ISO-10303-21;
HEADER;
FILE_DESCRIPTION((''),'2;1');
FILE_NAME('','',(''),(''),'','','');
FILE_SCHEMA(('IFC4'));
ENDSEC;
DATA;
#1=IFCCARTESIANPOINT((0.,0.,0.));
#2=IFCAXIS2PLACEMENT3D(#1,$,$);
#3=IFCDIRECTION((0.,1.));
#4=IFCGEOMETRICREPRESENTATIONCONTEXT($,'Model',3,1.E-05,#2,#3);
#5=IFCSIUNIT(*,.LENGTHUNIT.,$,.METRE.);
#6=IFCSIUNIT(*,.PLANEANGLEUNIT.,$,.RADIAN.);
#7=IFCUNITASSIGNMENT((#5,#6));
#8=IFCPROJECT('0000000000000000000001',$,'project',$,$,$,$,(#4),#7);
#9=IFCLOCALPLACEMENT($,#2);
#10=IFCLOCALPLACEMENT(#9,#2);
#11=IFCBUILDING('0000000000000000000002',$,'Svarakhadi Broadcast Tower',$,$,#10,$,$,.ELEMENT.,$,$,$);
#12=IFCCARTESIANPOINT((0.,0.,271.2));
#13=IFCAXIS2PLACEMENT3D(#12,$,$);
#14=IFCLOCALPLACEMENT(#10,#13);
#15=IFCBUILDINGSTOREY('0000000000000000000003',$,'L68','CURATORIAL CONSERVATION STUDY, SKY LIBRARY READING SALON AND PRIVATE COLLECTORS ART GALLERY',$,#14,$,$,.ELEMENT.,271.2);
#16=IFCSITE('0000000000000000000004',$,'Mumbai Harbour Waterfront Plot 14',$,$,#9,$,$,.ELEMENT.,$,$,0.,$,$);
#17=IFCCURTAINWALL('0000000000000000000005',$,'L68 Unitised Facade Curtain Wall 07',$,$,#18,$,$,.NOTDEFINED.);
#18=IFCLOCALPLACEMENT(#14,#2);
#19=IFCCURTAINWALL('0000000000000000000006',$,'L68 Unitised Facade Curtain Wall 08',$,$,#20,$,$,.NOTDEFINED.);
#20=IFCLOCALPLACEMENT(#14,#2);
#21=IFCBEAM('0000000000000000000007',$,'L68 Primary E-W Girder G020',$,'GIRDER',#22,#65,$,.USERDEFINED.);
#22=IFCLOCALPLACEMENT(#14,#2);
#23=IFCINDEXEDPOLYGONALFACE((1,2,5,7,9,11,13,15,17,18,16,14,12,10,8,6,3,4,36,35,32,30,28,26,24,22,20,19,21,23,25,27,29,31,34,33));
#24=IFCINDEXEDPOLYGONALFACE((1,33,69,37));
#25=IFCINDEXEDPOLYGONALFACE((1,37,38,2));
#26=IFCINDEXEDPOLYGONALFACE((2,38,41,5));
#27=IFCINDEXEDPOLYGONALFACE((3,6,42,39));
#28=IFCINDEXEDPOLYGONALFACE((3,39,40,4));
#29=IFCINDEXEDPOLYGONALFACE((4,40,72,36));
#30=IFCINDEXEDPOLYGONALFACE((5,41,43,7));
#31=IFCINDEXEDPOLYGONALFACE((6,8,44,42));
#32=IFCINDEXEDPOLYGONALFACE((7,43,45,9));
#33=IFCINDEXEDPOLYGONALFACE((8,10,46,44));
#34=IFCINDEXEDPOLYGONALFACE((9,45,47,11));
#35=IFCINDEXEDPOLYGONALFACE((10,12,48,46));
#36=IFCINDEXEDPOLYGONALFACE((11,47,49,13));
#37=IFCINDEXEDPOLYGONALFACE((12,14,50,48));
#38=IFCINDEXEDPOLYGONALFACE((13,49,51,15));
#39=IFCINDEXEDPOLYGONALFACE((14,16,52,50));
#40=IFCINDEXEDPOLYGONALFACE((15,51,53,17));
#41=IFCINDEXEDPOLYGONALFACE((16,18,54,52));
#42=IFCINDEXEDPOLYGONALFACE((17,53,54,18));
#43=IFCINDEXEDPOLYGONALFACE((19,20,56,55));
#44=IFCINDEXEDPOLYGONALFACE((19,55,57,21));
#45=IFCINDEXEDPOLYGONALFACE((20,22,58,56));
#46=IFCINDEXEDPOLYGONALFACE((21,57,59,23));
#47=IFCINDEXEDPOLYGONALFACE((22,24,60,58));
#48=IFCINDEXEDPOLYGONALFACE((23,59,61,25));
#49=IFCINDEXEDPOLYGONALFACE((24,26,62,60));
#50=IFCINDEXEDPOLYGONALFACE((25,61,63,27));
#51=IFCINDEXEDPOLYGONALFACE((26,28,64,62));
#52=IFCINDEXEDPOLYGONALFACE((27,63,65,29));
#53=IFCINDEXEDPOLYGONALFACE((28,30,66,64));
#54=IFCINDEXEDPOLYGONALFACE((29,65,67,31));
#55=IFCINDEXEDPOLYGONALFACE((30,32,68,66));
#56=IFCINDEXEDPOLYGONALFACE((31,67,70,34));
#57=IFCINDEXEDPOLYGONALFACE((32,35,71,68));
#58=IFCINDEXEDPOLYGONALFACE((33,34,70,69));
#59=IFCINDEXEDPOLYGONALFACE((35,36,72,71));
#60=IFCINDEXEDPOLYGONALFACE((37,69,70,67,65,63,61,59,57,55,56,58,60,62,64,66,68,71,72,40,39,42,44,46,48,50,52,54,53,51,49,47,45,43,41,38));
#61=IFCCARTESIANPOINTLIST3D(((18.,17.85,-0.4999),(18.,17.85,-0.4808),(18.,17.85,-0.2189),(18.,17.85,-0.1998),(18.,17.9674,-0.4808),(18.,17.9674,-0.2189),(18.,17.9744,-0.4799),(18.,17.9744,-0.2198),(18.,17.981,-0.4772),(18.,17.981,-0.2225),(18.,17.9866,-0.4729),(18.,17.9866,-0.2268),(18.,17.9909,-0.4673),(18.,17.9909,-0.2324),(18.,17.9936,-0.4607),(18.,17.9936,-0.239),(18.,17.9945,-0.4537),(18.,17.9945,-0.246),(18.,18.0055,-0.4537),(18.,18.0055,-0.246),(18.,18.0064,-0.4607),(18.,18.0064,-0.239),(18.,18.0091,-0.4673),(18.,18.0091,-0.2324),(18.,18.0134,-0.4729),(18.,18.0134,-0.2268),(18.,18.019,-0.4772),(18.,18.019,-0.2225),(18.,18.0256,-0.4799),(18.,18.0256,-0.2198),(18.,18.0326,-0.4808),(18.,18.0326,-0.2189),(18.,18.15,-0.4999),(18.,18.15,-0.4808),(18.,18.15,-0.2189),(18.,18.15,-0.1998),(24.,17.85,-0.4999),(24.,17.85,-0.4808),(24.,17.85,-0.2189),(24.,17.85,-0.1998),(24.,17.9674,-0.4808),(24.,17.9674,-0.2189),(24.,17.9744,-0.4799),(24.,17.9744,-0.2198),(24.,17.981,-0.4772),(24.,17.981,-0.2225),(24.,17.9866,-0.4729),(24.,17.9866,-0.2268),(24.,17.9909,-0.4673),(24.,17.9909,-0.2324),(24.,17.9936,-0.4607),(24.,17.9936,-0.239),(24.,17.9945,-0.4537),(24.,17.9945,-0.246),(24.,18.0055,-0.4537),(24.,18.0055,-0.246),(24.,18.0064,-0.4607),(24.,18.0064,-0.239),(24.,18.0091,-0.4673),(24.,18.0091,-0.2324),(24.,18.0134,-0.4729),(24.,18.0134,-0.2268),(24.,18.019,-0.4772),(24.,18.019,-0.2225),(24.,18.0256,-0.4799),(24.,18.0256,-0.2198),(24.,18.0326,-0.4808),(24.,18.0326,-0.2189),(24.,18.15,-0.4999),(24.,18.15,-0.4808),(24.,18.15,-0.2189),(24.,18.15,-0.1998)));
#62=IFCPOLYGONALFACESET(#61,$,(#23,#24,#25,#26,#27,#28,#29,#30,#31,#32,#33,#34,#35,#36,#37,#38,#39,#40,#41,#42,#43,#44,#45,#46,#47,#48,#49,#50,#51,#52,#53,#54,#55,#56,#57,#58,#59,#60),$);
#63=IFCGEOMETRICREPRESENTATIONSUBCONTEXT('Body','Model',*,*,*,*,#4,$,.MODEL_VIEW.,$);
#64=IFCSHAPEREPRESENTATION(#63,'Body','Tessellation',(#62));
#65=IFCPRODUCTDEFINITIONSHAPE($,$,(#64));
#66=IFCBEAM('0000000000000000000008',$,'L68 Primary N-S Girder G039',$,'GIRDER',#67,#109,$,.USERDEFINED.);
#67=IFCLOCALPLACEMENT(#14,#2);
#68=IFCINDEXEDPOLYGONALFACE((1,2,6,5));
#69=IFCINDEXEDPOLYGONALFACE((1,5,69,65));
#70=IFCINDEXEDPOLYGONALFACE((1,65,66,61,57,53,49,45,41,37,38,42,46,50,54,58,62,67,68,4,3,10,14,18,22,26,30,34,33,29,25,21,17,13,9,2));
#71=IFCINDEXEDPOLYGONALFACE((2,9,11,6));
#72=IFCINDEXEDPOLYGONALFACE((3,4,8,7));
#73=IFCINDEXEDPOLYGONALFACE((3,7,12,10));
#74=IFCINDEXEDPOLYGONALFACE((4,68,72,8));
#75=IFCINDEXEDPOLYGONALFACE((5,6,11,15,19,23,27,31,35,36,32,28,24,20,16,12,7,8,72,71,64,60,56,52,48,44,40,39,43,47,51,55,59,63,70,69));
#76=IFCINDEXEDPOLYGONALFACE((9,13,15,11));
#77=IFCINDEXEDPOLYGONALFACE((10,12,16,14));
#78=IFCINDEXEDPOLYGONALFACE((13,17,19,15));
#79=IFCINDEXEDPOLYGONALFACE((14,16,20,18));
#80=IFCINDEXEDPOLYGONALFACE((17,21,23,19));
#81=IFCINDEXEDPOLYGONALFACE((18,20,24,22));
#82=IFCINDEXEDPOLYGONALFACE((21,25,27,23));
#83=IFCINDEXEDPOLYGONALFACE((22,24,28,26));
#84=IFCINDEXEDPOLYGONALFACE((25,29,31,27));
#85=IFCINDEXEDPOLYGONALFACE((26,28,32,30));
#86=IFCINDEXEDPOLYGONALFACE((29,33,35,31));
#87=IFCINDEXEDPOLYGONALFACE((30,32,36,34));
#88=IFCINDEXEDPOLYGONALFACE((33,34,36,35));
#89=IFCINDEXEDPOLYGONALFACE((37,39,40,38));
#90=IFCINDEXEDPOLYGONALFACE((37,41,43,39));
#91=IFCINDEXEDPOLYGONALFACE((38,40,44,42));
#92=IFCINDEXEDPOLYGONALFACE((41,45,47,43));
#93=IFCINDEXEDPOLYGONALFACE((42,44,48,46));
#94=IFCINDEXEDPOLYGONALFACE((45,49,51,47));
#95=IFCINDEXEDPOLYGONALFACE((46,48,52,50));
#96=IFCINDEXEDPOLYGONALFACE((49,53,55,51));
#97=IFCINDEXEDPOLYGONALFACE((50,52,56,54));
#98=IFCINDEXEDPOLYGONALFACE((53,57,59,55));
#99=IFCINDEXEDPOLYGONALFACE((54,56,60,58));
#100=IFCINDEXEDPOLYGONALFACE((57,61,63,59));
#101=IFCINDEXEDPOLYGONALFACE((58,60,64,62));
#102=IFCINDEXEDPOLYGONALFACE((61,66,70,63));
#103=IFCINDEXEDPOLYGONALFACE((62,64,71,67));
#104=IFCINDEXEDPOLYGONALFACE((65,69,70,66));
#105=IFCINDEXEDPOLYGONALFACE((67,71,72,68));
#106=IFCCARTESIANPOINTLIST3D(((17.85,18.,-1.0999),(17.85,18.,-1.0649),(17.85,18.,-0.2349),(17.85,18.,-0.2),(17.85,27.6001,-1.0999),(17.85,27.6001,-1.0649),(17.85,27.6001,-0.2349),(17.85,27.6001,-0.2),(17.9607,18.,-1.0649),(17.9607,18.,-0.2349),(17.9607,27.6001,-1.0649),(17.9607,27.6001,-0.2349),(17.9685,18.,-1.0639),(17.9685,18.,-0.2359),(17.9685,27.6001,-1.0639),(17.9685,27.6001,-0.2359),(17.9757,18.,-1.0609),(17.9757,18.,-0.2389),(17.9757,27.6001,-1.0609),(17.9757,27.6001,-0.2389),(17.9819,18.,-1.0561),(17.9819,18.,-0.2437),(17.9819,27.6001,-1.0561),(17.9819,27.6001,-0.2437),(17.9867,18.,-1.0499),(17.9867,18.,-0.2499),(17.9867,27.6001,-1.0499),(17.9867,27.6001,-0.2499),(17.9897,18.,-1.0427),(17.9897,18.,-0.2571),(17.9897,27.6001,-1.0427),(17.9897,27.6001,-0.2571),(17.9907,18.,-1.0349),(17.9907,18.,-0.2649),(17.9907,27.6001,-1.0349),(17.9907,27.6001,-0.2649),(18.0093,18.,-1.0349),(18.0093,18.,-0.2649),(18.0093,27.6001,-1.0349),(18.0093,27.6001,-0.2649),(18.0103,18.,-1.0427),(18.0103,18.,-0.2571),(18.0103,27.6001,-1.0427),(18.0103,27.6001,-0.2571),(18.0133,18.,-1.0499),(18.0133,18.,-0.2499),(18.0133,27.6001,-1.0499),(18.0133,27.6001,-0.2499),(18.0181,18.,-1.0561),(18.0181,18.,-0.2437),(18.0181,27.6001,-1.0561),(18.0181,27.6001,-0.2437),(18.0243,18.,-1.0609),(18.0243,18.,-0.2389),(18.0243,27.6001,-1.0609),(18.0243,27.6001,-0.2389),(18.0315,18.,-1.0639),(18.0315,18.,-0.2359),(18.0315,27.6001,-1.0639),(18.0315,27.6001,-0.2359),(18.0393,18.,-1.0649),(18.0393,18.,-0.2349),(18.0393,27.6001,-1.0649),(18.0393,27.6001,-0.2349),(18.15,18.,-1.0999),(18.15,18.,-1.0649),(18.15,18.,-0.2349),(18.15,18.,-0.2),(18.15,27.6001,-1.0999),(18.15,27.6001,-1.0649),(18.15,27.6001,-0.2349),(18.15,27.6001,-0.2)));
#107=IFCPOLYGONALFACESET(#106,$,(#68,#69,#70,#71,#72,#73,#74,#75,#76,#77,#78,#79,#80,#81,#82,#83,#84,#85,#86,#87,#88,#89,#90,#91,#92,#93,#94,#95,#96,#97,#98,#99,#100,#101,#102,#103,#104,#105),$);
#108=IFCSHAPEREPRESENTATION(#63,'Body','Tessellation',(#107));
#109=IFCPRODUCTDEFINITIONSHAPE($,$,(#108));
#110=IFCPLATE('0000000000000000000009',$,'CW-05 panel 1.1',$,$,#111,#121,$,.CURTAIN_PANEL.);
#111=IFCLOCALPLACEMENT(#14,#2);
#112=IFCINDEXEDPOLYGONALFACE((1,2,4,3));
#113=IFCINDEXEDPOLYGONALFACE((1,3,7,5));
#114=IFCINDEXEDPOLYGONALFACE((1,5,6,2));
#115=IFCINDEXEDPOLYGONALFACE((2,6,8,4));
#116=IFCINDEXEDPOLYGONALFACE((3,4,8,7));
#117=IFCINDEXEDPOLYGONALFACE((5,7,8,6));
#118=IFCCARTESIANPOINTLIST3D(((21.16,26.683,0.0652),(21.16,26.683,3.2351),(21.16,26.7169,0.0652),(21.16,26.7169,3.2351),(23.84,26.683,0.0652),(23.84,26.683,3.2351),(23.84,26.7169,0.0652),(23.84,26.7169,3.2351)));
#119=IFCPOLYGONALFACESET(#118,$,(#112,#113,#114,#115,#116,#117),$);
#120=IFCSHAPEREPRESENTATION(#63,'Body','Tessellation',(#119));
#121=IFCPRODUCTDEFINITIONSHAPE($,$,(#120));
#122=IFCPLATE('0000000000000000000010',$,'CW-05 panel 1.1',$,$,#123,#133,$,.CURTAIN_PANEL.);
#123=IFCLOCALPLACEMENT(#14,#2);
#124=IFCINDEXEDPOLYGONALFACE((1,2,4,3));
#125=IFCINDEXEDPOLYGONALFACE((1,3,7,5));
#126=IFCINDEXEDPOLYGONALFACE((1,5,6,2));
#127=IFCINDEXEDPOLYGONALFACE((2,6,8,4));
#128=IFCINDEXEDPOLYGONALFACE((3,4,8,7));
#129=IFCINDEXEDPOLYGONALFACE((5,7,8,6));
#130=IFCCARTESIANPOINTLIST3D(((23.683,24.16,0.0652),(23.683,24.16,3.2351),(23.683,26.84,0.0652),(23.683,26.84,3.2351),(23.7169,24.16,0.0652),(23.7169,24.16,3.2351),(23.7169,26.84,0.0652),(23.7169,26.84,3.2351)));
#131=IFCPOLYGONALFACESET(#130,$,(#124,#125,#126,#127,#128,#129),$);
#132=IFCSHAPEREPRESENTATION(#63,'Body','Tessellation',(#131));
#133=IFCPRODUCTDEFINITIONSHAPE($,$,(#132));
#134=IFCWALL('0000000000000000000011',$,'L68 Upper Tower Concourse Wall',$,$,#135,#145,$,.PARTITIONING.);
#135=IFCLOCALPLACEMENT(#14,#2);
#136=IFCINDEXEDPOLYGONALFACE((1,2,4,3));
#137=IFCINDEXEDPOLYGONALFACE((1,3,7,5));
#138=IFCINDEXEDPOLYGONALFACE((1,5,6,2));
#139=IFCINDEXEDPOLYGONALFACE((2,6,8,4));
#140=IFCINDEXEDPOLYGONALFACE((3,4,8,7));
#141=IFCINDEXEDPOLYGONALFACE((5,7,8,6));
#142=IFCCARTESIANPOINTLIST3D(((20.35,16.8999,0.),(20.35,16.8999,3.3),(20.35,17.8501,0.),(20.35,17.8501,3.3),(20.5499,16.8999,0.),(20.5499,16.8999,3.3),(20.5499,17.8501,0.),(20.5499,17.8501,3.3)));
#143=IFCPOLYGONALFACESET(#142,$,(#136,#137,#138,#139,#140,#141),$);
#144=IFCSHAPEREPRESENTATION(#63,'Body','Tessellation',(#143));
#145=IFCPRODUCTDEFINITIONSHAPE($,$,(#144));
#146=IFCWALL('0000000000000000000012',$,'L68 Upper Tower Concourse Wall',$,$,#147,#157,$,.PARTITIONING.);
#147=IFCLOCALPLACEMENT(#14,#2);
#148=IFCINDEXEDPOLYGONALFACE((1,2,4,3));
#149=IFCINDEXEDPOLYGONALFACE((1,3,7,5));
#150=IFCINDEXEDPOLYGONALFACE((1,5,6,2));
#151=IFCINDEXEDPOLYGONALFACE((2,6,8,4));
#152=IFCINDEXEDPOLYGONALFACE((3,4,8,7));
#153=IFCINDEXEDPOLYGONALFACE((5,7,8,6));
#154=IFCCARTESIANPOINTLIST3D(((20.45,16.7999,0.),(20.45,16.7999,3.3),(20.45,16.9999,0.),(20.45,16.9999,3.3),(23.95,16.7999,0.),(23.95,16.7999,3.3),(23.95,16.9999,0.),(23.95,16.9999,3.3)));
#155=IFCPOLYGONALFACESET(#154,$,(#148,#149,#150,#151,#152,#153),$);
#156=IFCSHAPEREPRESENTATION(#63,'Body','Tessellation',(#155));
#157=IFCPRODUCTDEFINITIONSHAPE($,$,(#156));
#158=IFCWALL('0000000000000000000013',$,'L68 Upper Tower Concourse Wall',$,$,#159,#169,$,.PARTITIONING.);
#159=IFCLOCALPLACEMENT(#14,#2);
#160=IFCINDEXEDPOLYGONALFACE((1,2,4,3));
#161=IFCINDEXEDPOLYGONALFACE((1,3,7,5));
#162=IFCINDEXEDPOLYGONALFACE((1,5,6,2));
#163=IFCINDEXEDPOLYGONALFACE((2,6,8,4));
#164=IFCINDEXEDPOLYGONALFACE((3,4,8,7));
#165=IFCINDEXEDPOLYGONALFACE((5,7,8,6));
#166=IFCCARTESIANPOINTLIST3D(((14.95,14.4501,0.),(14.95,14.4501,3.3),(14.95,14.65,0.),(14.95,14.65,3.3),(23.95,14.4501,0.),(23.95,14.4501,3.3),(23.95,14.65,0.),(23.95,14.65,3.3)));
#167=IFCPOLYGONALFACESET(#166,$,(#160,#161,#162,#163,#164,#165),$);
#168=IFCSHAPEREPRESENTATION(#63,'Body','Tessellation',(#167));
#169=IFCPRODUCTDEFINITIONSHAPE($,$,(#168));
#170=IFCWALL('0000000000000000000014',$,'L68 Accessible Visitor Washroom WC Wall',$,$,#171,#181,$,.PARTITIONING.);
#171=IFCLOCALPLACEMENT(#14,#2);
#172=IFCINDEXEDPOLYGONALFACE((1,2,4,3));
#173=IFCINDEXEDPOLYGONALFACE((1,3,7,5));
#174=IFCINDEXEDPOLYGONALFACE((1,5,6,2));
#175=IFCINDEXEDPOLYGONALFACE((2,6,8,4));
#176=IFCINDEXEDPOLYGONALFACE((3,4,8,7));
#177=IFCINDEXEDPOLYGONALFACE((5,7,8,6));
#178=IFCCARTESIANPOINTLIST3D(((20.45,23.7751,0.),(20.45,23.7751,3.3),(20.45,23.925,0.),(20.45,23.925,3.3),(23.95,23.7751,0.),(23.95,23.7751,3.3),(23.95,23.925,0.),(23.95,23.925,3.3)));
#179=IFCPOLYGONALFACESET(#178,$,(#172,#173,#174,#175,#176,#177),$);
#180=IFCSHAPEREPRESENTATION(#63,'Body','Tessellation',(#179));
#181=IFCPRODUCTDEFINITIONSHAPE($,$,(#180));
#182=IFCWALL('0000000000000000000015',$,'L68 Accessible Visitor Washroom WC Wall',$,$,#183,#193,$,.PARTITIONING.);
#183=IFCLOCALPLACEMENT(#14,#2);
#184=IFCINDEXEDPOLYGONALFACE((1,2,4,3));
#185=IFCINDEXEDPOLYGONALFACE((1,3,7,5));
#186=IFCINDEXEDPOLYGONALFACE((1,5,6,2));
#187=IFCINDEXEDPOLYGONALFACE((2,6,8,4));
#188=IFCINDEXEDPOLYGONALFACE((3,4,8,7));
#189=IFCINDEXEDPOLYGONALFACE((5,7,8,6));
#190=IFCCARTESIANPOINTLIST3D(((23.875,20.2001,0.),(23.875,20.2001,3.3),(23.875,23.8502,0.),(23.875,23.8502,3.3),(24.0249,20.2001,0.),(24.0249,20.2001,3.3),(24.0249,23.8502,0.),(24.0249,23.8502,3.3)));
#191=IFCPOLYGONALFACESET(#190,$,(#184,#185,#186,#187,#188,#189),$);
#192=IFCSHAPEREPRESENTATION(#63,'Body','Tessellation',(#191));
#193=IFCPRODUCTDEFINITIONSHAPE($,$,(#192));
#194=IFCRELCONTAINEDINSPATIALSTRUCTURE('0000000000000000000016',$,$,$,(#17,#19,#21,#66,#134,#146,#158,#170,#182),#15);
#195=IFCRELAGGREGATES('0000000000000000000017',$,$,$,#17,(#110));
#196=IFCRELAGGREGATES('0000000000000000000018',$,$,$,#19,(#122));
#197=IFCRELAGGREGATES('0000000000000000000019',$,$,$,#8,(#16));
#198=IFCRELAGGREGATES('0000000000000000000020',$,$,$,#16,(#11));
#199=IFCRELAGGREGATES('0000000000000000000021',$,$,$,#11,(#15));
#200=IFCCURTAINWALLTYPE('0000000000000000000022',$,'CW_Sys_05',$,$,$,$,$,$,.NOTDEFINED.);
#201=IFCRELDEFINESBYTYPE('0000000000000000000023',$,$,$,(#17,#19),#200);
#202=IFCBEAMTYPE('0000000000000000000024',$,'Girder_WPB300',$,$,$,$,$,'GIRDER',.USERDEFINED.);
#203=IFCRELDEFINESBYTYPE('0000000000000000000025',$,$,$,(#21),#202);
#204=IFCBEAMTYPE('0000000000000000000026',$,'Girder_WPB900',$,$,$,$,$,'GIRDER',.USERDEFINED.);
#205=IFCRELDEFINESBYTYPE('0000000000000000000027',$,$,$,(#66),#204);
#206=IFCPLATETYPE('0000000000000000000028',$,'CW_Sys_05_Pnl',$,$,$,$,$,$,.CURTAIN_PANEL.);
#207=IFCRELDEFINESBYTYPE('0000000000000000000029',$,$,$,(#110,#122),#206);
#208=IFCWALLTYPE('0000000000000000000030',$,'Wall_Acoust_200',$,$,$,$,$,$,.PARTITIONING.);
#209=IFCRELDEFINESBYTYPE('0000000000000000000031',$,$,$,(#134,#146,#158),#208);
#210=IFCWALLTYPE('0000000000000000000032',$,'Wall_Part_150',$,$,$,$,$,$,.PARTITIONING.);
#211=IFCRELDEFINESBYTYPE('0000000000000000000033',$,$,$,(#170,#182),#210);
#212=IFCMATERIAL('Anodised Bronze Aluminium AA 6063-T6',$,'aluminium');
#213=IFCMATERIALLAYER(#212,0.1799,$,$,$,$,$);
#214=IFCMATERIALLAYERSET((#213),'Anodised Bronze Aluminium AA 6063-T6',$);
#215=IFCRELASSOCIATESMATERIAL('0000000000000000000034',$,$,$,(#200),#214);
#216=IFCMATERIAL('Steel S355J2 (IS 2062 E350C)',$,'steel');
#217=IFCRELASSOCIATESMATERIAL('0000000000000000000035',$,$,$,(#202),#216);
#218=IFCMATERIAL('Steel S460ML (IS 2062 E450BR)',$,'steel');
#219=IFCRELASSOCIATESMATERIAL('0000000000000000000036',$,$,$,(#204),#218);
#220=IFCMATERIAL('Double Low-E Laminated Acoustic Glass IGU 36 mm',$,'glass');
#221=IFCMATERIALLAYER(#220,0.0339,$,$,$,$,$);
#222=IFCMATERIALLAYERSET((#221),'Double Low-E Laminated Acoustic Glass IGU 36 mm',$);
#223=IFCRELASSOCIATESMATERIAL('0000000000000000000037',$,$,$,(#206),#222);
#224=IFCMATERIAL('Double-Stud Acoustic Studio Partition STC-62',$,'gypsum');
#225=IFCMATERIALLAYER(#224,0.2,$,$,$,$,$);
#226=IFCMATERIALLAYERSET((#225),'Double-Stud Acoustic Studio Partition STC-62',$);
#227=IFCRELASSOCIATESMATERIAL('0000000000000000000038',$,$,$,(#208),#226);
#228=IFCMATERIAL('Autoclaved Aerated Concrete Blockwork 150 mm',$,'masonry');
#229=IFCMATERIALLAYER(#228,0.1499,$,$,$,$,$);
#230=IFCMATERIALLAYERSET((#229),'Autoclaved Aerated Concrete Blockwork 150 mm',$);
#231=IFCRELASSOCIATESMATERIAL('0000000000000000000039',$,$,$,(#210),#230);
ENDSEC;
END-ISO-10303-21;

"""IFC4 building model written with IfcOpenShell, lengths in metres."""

from ifc_helpers import new_model, si_unit, direction, frame, frame_2d, origin, origin_2d, place, context, subcontext, project, spatial, rectangle, i_section, extrude, material, layer, layer_set, material_profile, profile_set, type_object, element, aggregate, save


model = new_model("IFC4")

# Units and contexts
model_context = context("Model", 3, precision=1e-05, world=origin(), true_north=direction((0.0, 1.0)))
body_context = subcontext(model_context, "Body", "Model", "MODEL_VIEW")
ifc_project = project(units=[si_unit("LENGTHUNIT", "METRE"), si_unit("PLANEANGLEUNIT", "RADIAN")], contexts=[model_context])

# Site, building, storey
site_placement = place(None, origin())
site = spatial("IfcSite", under=ifc_project, at=site_placement, Name="Mumbai Harbour Waterfront Plot 14", CompositionType="ELEMENT", RefElevation=0.0)
building_placement = place(site_placement, origin())
building = spatial("IfcBuilding", under=site, at=building_placement, Name="Svarakhadi Broadcast Tower", CompositionType="ELEMENT")
storey_placement = place(building_placement, frame((0.0, 0.0, 271.2)))
storey = spatial("IfcBuildingStorey", under=building, at=storey_placement, Name="L68", Description="CURATORIAL CONSERVATION STUDY, SKY LIBRARY READING SALON AND PRIVATE COLLECTORS ART GALLERY", CompositionType="ELEMENT", Elevation=271.2)

# Shared definitions
ifc_material_1 = material(Name="Steel S355J2 (IS 2062 E350C)", Category="steel")

# Curtain wall
ifc_material_2 = material(Name="Anodised Bronze Aluminium AA 6063-T6", Category="aluminium")
ifc_layer_1 = layer(ifc_material_2, 0.1799)
ifc_layer_set_1 = layer_set([ifc_layer_1], Name="Anodised Bronze Aluminium AA 6063-T6")
curtain_wall_type = type_object("IfcCurtainWallType", Name="CW_Sys_05", PredefinedType="NOTDEFINED", material=ifc_layer_set_1)
curtain_wall_1_placement = place(storey_placement, origin())
curtain_wall_1 = element("IfcCurtainWall", 1, at=curtain_wall_1_placement, inside=storey, type_object=curtain_wall_type, Name="L68 Unitised Facade Curtain Wall 07", PredefinedType="NOTDEFINED")

# Curtain wall
curtain_wall_2_placement = place(storey_placement, origin())
curtain_wall_2 = element("IfcCurtainWall", 2, at=curtain_wall_2_placement, inside=storey, type_object=curtain_wall_type, Name="L68 Unitised Facade Curtain Wall 08", PredefinedType="NOTDEFINED")

# Beams
ifc_material_profile_1 = material_profile(ifc_material_1, i_section(OverallWidth=0.3, OverallDepth=0.3, WebThickness=0.011, FlangeThickness=0.019, FilletRadius=0.0271, at=origin_2d()), Name="WPB 300x300x117")
ifc_profile_set_1 = profile_set([ifc_material_profile_1], Name="Steel S355J2 (IS 2062 E350C)")
beam_type_1 = type_object("IfcBeamType", Name="Girder_WPB300", ElementType="GIRDER", PredefinedType="USERDEFINED", material=ifc_profile_set_1)
beam_1_placement = place(storey_placement, frame((18.0, 18.0, -0.3499), z_axis=(1.0, 0.0, 0.0), x_axis=(0.0, 1.0, 0.0)))
element("IfcBeam", 3, at=beam_1_placement, inside=storey, type_object=beam_type_1, Name="L68 Primary E-W Girder G020", ObjectType="GIRDER", PredefinedType="USERDEFINED", context=body_context, shape_type="SweptSolid", body=[
    extrude(i_section(OverallWidth=0.3, OverallDepth=0.3, WebThickness=0.011, FlangeThickness=0.019, FilletRadius=0.0271, at=origin_2d()), origin(), (0.0, 0.0, 1.0), 6.0),
])
ifc_material_3 = material(Name="Steel S460ML (IS 2062 E450BR)", Category="steel")
ifc_material_profile_2 = material_profile(ifc_material_3, i_section(OverallWidth=0.3, OverallDepth=0.8999, WebThickness=0.0186, FlangeThickness=0.0349, FilletRadius=0.03, at=origin_2d()), Name="WPB 900x300x291")
ifc_profile_set_2 = profile_set([ifc_material_profile_2], Name="Steel S460ML (IS 2062 E450BR)")
beam_type_2 = type_object("IfcBeamType", Name="Girder_WPB900", ElementType="GIRDER", PredefinedType="USERDEFINED", material=ifc_profile_set_2)
beam_2_placement = place(storey_placement, frame((18.0, 18.0, -0.6499), z_axis=(0.0, 1.0, 0.0), x_axis=(-1.0, 0.0, 0.0)))
element("IfcBeam", 4, at=beam_2_placement, inside=storey, type_object=beam_type_2, Name="L68 Primary N-S Girder G039", ObjectType="GIRDER", PredefinedType="USERDEFINED", context=body_context, shape_type="SweptSolid", body=[
    extrude(i_section(OverallWidth=0.3, OverallDepth=0.8999, WebThickness=0.0186, FlangeThickness=0.0349, FilletRadius=0.03, at=origin_2d()), origin(), (0.0, 0.0, 1.0), 9.6001),
])

# Plates
ifc_material_4 = material(Name="Double Low-E Laminated Acoustic Glass IGU 36 mm", Category="glass")
ifc_layer_2 = layer(ifc_material_4, 0.0339)
ifc_layer_set_2 = layer_set([ifc_layer_2], Name="Double Low-E Laminated Acoustic Glass IGU 36 mm")
plate_type = type_object("IfcPlateType", Name="CW_Sys_05_Pnl", PredefinedType="CURTAIN_PANEL", material=ifc_layer_set_2)
plate_1_placement = place(storey_placement, frame((22.5, 26.7, 0.0652), z_axis=(0.0, 0.0, 1.0), x_axis=(1.0, 0.0, 0.0)))
plate_1 = element("IfcPlate", 5, at=plate_1_placement, type_object=plate_type, Name="CW-05 panel 1.1", PredefinedType="CURTAIN_PANEL", context=body_context, shape_type="SweptSolid", body=[
    extrude(rectangle(XDim=2.6799, YDim=0.0339, at=origin_2d()), origin(), (0.0, 0.0, 1.0), 3.1699),
])
aggregate(curtain_wall_1, [plate_1])
plate_2_placement = place(storey_placement, frame((23.7, 25.5, 0.0652), z_axis=(0.0, 0.0, 1.0), x_axis=(0.0, -1.0, 0.0)))
plate_2 = element("IfcPlate", 6, at=plate_2_placement, type_object=plate_type, Name="CW-05 panel 1.1", PredefinedType="CURTAIN_PANEL", context=body_context, shape_type="SweptSolid", body=[
    extrude(rectangle(XDim=2.6799, YDim=0.0339, at=origin_2d()), origin(), (0.0, 0.0, 1.0), 3.1699),
])
aggregate(curtain_wall_2, [plate_2])

# Shared definitions
ifc_material_5 = material(Name="Double-Stud Acoustic Studio Partition STC-62", Category="gypsum")
ifc_layer_3 = layer(ifc_material_5, 0.2)
ifc_layer_set_3 = layer_set([ifc_layer_3], Name="Double-Stud Acoustic Studio Partition STC-62")
wall_type_1 = type_object("IfcWallType", Name="Wall_Acoust_200", PredefinedType="PARTITIONING", material=ifc_layer_set_3)

# Walls
wall_1_placement = place(storey_placement, frame((20.45, 17.8501, 0.0), z_axis=(0.0, 0.0, 1.0), x_axis=(0.0, -1.0, 0.0)))
element("IfcWall", 7, at=wall_1_placement, inside=storey, type_object=wall_type_1, Name="L68 Upper Tower Concourse Wall", PredefinedType="PARTITIONING", context=body_context, shape_type="SweptSolid", body=[
    extrude(rectangle(XDim=0.9502, YDim=0.2, at=frame_2d((0.4751, 0.0))), origin(), (0.0, 0.0, 1.0), 3.3),
])
wall_2_placement = place(storey_placement, frame((20.45, 16.8999, 0.0), z_axis=(0.0, 0.0, 1.0), x_axis=(1.0, 0.0, 0.0)))
element("IfcWall", 8, at=wall_2_placement, inside=storey, type_object=wall_type_1, Name="L68 Upper Tower Concourse Wall", PredefinedType="PARTITIONING", context=body_context, shape_type="SweptSolid", body=[
    extrude(rectangle(XDim=3.5, YDim=0.2, at=frame_2d((1.75, 0.0))), origin(), (0.0, 0.0, 1.0), 3.3),
])
wall_3_placement = place(storey_placement, frame((23.95, 14.55, 0.0), z_axis=(0.0, 0.0, 1.0), x_axis=(-1.0, 0.0, 0.0)))
element("IfcWall", 9, at=wall_3_placement, inside=storey, type_object=wall_type_1, Name="L68 Upper Tower Concourse Wall", PredefinedType="PARTITIONING", context=body_context, shape_type="SweptSolid", body=[
    extrude(rectangle(XDim=9.0, YDim=0.2, at=frame_2d((4.5, 0.0))), origin(), (0.0, 0.0, 1.0), 3.3),
])
ifc_material_6 = material(Name="Autoclaved Aerated Concrete Blockwork 150 mm", Category="masonry")
ifc_layer_4 = layer(ifc_material_6, 0.1499)
ifc_layer_set_4 = layer_set([ifc_layer_4], Name="Autoclaved Aerated Concrete Blockwork 150 mm")
wall_type_2 = type_object("IfcWallType", Name="Wall_Part_150", PredefinedType="PARTITIONING", material=ifc_layer_set_4)
wall_4_placement = place(storey_placement, frame((20.45, 23.8501, 0.0), z_axis=(0.0, 0.0, 1.0), x_axis=(1.0, 0.0, 0.0)))
element("IfcWall", 10, at=wall_4_placement, inside=storey, type_object=wall_type_2, Name="L68 Accessible Visitor Washroom WC Wall", PredefinedType="PARTITIONING", context=body_context, shape_type="SweptSolid", body=[
    extrude(rectangle(XDim=3.5, YDim=0.1499, at=frame_2d((1.75, 0.0))), origin(), (0.0, 0.0, 1.0), 3.3),
])
wall_5_placement = place(storey_placement, frame((23.95, 20.2, 0.0), z_axis=(0.0, 0.0, 1.0), x_axis=(0.0, 1.0, 0.0)))
element("IfcWall", 11, at=wall_5_placement, inside=storey, type_object=wall_type_2, Name="L68 Accessible Visitor Washroom WC Wall", PredefinedType="PARTITIONING", context=body_context, shape_type="SweptSolid", body=[
    extrude(rectangle(XDim=3.6501, YDim=0.1499, at=frame_2d((1.8252, 0.0))), origin(), (0.0, 0.0, 1.0), 3.3),
])

save(model, "model.ifc")
